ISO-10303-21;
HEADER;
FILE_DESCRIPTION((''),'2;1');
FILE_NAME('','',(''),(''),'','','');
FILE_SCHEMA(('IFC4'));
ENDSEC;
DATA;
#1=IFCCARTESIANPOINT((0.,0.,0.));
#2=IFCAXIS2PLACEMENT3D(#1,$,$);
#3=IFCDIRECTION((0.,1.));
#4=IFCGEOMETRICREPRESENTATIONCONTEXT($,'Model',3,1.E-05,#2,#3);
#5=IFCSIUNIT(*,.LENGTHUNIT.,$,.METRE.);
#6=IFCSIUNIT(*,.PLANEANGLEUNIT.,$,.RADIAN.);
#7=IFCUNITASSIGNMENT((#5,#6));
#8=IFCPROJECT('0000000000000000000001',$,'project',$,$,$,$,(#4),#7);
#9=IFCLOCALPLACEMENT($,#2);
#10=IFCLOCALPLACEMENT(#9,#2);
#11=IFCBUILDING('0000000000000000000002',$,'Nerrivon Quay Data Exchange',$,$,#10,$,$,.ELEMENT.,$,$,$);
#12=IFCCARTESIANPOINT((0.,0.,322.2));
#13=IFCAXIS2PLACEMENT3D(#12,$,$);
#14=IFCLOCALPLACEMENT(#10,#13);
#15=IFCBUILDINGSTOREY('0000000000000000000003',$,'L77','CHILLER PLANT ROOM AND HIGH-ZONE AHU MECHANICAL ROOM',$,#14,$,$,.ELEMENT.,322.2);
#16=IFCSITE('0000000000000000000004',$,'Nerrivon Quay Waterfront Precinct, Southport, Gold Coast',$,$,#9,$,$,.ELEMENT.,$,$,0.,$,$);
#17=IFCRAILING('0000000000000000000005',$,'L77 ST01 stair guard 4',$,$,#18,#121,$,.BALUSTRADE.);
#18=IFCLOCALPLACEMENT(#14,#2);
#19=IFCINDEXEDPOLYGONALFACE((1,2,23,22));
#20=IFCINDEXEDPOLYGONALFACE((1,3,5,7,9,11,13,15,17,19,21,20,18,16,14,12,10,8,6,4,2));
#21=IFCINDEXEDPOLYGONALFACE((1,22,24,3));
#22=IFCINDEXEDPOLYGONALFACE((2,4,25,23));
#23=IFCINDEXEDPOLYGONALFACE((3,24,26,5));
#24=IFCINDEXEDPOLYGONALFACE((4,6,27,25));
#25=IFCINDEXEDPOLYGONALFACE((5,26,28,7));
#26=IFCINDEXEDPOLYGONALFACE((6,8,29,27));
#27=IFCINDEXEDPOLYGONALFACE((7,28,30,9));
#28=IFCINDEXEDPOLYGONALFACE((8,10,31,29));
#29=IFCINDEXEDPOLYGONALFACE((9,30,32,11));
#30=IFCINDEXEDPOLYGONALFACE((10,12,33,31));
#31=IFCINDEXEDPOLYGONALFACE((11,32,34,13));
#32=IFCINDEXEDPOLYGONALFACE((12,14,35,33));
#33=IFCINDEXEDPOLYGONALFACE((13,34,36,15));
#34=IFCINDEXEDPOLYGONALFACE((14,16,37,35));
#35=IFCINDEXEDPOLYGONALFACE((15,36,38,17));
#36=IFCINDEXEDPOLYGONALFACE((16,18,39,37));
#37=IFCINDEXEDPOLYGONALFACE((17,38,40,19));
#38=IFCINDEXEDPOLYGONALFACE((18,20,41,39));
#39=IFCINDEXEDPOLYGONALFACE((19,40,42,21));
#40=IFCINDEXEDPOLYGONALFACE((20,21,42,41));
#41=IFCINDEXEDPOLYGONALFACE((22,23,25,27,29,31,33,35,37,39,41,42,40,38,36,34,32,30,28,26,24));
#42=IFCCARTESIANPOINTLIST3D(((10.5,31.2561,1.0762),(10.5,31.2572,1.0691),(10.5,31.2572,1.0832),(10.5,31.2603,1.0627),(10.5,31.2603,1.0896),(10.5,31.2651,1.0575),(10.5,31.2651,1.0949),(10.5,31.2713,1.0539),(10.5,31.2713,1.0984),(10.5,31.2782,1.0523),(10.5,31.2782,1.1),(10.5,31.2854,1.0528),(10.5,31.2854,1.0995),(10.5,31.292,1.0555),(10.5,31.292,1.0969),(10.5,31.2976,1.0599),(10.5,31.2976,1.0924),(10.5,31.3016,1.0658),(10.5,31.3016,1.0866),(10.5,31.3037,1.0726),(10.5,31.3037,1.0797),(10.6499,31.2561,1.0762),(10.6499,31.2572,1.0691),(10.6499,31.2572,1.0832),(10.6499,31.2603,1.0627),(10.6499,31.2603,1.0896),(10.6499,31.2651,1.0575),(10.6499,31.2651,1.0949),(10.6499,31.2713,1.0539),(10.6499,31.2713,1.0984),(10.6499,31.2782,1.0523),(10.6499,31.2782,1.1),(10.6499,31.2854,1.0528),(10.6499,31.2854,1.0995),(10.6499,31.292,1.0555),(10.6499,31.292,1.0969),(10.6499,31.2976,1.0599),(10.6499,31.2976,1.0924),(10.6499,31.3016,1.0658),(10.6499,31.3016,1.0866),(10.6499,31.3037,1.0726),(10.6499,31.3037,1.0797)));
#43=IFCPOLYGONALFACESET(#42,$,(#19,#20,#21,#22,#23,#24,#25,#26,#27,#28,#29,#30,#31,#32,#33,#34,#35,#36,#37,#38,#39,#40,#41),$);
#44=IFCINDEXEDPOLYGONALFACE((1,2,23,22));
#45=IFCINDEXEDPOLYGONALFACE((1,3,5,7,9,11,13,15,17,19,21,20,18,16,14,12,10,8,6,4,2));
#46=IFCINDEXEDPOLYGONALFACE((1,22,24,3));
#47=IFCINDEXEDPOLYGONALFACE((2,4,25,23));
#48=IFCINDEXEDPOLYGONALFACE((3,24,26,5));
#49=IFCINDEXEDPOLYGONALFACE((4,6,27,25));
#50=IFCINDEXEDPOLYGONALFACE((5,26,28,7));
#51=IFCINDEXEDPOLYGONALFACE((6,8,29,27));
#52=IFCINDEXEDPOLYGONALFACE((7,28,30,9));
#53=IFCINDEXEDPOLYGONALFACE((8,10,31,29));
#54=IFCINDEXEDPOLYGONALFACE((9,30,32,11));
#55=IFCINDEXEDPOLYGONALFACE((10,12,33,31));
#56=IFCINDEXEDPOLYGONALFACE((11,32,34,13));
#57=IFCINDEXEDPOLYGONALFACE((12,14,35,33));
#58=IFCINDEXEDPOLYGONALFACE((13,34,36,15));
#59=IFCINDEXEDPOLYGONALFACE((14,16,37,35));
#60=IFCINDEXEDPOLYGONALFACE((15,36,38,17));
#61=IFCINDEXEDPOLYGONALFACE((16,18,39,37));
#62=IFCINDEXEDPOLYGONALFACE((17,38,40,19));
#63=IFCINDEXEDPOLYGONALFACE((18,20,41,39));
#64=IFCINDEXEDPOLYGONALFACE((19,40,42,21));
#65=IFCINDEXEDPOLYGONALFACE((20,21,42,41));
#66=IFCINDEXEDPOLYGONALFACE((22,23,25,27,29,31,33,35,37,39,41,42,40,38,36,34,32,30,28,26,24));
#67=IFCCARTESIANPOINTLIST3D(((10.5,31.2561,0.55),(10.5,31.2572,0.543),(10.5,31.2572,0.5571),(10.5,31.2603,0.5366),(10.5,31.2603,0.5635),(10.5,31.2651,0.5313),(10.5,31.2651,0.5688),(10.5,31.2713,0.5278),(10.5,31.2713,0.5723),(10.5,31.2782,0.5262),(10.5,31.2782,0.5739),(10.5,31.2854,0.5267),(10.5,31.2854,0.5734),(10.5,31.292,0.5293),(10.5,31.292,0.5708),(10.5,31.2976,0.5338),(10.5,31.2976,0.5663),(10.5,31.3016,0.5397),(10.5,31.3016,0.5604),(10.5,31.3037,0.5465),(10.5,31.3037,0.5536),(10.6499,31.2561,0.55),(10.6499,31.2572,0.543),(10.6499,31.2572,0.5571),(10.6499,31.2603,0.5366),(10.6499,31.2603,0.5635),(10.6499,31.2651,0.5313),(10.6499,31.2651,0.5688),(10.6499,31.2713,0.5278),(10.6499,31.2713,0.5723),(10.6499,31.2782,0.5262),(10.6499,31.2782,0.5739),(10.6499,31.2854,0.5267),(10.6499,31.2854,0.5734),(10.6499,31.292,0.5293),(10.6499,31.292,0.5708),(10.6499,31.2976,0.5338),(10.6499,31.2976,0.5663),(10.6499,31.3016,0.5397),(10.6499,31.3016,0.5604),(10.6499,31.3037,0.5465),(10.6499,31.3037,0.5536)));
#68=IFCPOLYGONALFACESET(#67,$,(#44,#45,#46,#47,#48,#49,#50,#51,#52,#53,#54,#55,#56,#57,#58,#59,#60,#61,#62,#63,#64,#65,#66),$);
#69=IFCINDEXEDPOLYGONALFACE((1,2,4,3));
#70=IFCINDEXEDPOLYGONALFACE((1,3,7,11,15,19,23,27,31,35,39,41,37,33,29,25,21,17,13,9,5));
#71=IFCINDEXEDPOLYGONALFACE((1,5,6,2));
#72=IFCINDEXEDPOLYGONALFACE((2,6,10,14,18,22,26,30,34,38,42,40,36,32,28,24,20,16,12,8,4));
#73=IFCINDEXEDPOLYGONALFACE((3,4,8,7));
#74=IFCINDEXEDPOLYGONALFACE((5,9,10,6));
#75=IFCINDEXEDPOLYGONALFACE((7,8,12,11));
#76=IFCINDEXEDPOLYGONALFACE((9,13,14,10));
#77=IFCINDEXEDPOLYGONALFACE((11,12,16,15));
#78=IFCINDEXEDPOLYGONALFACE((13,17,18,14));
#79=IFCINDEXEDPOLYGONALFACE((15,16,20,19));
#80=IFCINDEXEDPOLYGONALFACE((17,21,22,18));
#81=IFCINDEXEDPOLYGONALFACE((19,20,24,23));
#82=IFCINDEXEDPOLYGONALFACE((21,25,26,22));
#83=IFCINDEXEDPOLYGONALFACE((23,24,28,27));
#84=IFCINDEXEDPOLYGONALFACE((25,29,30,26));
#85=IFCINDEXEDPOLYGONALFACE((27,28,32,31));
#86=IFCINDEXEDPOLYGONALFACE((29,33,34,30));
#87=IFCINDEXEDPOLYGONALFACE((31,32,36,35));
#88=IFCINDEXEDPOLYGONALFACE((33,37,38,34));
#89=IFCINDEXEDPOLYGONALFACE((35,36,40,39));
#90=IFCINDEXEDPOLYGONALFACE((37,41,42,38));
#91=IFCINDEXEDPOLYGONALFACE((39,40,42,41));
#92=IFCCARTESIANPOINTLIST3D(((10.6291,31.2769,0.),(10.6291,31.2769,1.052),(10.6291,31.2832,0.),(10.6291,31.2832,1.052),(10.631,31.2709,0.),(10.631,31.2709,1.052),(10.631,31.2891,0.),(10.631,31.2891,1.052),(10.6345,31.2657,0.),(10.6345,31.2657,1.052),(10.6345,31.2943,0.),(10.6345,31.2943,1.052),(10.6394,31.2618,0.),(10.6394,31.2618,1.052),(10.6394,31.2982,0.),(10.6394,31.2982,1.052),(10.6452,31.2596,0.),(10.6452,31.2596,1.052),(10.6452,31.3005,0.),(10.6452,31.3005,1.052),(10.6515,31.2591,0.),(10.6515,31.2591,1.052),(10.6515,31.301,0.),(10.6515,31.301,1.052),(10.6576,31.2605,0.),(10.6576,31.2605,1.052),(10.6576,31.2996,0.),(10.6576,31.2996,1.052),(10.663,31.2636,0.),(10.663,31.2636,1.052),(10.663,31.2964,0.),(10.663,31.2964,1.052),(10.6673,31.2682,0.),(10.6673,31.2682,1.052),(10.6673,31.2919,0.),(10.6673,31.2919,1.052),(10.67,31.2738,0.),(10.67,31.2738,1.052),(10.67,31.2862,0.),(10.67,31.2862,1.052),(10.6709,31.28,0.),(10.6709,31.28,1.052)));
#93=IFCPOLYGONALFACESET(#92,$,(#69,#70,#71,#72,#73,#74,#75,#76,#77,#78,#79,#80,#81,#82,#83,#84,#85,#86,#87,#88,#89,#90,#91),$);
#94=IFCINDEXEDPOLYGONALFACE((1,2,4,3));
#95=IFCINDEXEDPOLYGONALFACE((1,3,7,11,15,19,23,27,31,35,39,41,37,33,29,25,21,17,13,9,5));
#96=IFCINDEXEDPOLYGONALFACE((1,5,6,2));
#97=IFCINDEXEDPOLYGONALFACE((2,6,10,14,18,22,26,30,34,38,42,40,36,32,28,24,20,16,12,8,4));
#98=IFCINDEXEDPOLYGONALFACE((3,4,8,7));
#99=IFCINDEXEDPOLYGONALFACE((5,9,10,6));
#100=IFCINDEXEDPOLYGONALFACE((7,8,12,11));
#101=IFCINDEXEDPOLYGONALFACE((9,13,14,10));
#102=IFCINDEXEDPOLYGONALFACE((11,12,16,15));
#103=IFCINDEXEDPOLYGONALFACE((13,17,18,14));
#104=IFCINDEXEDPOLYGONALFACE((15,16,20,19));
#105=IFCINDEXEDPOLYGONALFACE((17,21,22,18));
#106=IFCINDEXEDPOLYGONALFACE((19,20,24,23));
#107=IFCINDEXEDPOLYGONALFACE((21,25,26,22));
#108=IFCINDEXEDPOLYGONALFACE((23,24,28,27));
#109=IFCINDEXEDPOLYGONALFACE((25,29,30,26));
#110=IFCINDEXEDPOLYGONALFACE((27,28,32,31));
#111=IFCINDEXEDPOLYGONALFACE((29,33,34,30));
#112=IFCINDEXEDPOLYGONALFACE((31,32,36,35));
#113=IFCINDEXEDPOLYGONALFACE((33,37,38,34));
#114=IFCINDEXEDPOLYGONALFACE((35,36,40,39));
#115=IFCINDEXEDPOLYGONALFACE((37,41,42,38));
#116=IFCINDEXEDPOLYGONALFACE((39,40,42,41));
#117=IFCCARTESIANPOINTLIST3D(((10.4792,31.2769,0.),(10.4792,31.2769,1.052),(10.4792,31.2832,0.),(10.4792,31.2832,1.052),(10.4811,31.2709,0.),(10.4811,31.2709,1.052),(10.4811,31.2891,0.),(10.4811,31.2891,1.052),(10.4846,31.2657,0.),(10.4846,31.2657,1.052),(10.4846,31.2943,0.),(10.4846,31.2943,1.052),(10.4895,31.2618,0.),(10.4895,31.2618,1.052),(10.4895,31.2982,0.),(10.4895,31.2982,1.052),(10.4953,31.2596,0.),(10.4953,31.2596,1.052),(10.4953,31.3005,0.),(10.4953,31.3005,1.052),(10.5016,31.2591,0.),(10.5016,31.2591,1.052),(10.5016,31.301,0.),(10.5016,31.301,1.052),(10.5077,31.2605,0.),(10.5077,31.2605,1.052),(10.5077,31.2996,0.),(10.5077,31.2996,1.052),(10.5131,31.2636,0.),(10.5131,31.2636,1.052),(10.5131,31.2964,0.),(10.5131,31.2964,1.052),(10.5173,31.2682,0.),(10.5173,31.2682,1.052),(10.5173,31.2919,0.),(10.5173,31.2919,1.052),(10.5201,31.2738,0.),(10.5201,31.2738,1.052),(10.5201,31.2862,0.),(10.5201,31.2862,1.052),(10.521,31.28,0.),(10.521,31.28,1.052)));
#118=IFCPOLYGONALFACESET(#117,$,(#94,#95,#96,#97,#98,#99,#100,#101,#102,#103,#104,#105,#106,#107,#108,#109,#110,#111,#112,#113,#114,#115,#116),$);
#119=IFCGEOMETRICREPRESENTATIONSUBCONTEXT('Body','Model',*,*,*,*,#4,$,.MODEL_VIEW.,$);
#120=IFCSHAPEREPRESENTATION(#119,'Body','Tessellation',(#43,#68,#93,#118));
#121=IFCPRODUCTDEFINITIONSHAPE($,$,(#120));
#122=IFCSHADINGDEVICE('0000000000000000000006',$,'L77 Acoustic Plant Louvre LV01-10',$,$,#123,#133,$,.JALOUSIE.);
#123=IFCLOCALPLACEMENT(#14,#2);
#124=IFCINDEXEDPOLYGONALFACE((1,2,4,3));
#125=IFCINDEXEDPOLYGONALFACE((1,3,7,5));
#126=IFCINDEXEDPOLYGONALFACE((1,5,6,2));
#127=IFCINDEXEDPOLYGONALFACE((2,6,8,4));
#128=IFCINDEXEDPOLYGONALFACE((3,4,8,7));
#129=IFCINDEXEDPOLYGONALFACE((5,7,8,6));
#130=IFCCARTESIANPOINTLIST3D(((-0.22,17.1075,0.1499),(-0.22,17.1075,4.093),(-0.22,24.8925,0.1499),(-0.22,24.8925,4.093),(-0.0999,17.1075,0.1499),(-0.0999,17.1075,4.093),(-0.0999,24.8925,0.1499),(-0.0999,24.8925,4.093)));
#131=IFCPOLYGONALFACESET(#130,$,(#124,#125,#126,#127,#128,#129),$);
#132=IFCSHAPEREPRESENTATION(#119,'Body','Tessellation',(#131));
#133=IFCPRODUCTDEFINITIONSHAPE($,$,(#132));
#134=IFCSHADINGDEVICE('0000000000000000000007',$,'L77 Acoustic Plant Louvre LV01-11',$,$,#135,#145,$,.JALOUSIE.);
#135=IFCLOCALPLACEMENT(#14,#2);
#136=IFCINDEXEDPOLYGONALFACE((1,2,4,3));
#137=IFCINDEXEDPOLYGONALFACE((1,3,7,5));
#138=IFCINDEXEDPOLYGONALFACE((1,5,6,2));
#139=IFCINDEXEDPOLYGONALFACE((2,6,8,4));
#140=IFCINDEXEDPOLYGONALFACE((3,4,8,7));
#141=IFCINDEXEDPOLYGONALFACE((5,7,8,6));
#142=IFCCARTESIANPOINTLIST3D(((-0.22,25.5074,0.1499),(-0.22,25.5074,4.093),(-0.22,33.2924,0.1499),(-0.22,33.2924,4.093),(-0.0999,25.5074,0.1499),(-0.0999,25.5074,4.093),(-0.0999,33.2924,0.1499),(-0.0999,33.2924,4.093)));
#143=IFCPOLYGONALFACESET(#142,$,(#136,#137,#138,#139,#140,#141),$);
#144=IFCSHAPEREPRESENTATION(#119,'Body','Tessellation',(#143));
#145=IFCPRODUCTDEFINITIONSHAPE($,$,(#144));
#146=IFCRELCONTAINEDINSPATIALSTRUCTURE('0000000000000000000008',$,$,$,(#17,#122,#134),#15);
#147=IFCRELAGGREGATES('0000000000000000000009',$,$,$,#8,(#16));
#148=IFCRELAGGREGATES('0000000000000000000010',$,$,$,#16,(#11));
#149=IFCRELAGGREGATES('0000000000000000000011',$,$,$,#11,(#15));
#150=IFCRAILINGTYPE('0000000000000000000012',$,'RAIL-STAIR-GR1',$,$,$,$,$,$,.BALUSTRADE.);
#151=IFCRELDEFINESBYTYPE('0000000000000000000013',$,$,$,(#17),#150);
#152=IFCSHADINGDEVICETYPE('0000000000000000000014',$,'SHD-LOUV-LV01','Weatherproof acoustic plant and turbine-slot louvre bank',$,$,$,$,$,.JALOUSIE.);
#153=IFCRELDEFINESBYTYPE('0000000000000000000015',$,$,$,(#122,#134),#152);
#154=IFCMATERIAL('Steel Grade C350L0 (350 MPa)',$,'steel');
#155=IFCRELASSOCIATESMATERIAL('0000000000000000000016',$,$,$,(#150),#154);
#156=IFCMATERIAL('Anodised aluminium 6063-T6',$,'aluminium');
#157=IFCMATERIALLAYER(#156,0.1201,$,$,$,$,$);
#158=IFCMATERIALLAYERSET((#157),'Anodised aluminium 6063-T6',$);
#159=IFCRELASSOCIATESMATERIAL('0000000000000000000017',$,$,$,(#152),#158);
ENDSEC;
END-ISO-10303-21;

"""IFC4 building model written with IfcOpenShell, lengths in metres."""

from ifc_helpers import new_model, si_unit, direction, frame, origin, origin_2d, place, context, subcontext, project, spatial, rectangle, circle, extrude, material, layer, layer_set, type_object, element, save


model = new_model("IFC4")

# Units and contexts
model_context = context("Model", 3, precision=1e-05, world=origin(), true_north=direction((0.0, 1.0)))
body_context = subcontext(model_context, "Body", "Model", "MODEL_VIEW")
ifc_project = project(units=[si_unit("LENGTHUNIT", "METRE"), si_unit("PLANEANGLEUNIT", "RADIAN")], contexts=[model_context])

# Site, building, storey
site_placement = place(None, origin())
site = spatial("IfcSite", under=ifc_project, at=site_placement, Name="Nerrivon Quay Waterfront Precinct, Southport, Gold Coast", CompositionType="ELEMENT", RefElevation=0.0)
building_placement = place(site_placement, origin())
building = spatial("IfcBuilding", under=site, at=building_placement, Name="Nerrivon Quay Data Exchange", CompositionType="ELEMENT")
storey_placement = place(building_placement, frame((0.0, 0.0, 322.2)))
storey = spatial("IfcBuildingStorey", under=building, at=storey_placement, Name="L77", Description="CHILLER PLANT ROOM AND HIGH-ZONE AHU MECHANICAL ROOM", CompositionType="ELEMENT", Elevation=322.2)

# Railing
ifc_material_1 = material(Name="Steel Grade C350L0 (350 MPa)", Category="steel")
railing_type = type_object("IfcRailingType", Name="RAIL-STAIR-GR1", PredefinedType="BALUSTRADE", material=ifc_material_1)
railing_1_placement = place(storey_placement, frame((10.6499, 31.28, 0.0)))
element("IfcRailing", 1, at=railing_1_placement, inside=storey, type_object=railing_type, Name="L77 ST01 stair guard 4", PredefinedType="BALUSTRADE", context=body_context, shape_type="SweptSolid", body=[
    extrude(circle(Radius=0.0239, at=origin_2d()), frame((0.0, 0.0, 1.0762), z_axis=(-1.0, 0.0, 0.0), x_axis=(0.0, -1.0, 0.0)), (0.0, 0.0, 1.0), 0.1499),
    extrude(circle(Radius=0.0239, at=origin_2d()), frame((0.0, 0.0, 0.55), z_axis=(-1.0, 0.0, 0.0), x_axis=(0.0, -1.0, 0.0)), (0.0, 0.0, 1.0), 0.1499),
    extrude(circle(Radius=0.021, at=origin_2d()), origin(), (0.0, 0.0, 1.0), 1.052),
    extrude(circle(Radius=0.021, at=origin_2d()), frame((-0.1499, 0.0, 0.0)), (0.0, 0.0, 1.0), 1.052),
])

# Shading devices
ifc_material_2 = material(Name="Anodised aluminium 6063-T6", Category="aluminium")
ifc_layer_1 = layer(ifc_material_2, 0.1201)
ifc_layer_set_1 = layer_set([ifc_layer_1], Name="Anodised aluminium 6063-T6")
shading_device_type = type_object("IfcShadingDeviceType", Name="SHD-LOUV-LV01", Description="Weatherproof acoustic plant and turbine-slot louvre bank", PredefinedType="JALOUSIE", material=ifc_layer_set_1)
for number, where, z_axis, x_axis, name in (
    (2, (-0.1599, 21.0, 0.1499), (0.0, 0.0, 1.0), (0.0, 1.0, 0.0), "L77 Acoustic Plant Louvre LV01-10"),
    (3, (-0.1599, 29.3999, 0.1499), (0.0, 0.0, 1.0), (0.0, 1.0, 0.0), "L77 Acoustic Plant Louvre LV01-11"),
):
    element("IfcShadingDevice", number, at=place(storey_placement, frame(where, z_axis=z_axis, x_axis=x_axis)), inside=storey, type_object=shading_device_type, Name=name, PredefinedType="JALOUSIE", context=body_context, shape_type="SweptSolid", body=[
        extrude(rectangle(XDim=7.7849, YDim=0.1201, at=origin_2d()), origin(), (0.0, 0.0, 1.0), 3.9431),
    ])

save(model, "model.ifc")
